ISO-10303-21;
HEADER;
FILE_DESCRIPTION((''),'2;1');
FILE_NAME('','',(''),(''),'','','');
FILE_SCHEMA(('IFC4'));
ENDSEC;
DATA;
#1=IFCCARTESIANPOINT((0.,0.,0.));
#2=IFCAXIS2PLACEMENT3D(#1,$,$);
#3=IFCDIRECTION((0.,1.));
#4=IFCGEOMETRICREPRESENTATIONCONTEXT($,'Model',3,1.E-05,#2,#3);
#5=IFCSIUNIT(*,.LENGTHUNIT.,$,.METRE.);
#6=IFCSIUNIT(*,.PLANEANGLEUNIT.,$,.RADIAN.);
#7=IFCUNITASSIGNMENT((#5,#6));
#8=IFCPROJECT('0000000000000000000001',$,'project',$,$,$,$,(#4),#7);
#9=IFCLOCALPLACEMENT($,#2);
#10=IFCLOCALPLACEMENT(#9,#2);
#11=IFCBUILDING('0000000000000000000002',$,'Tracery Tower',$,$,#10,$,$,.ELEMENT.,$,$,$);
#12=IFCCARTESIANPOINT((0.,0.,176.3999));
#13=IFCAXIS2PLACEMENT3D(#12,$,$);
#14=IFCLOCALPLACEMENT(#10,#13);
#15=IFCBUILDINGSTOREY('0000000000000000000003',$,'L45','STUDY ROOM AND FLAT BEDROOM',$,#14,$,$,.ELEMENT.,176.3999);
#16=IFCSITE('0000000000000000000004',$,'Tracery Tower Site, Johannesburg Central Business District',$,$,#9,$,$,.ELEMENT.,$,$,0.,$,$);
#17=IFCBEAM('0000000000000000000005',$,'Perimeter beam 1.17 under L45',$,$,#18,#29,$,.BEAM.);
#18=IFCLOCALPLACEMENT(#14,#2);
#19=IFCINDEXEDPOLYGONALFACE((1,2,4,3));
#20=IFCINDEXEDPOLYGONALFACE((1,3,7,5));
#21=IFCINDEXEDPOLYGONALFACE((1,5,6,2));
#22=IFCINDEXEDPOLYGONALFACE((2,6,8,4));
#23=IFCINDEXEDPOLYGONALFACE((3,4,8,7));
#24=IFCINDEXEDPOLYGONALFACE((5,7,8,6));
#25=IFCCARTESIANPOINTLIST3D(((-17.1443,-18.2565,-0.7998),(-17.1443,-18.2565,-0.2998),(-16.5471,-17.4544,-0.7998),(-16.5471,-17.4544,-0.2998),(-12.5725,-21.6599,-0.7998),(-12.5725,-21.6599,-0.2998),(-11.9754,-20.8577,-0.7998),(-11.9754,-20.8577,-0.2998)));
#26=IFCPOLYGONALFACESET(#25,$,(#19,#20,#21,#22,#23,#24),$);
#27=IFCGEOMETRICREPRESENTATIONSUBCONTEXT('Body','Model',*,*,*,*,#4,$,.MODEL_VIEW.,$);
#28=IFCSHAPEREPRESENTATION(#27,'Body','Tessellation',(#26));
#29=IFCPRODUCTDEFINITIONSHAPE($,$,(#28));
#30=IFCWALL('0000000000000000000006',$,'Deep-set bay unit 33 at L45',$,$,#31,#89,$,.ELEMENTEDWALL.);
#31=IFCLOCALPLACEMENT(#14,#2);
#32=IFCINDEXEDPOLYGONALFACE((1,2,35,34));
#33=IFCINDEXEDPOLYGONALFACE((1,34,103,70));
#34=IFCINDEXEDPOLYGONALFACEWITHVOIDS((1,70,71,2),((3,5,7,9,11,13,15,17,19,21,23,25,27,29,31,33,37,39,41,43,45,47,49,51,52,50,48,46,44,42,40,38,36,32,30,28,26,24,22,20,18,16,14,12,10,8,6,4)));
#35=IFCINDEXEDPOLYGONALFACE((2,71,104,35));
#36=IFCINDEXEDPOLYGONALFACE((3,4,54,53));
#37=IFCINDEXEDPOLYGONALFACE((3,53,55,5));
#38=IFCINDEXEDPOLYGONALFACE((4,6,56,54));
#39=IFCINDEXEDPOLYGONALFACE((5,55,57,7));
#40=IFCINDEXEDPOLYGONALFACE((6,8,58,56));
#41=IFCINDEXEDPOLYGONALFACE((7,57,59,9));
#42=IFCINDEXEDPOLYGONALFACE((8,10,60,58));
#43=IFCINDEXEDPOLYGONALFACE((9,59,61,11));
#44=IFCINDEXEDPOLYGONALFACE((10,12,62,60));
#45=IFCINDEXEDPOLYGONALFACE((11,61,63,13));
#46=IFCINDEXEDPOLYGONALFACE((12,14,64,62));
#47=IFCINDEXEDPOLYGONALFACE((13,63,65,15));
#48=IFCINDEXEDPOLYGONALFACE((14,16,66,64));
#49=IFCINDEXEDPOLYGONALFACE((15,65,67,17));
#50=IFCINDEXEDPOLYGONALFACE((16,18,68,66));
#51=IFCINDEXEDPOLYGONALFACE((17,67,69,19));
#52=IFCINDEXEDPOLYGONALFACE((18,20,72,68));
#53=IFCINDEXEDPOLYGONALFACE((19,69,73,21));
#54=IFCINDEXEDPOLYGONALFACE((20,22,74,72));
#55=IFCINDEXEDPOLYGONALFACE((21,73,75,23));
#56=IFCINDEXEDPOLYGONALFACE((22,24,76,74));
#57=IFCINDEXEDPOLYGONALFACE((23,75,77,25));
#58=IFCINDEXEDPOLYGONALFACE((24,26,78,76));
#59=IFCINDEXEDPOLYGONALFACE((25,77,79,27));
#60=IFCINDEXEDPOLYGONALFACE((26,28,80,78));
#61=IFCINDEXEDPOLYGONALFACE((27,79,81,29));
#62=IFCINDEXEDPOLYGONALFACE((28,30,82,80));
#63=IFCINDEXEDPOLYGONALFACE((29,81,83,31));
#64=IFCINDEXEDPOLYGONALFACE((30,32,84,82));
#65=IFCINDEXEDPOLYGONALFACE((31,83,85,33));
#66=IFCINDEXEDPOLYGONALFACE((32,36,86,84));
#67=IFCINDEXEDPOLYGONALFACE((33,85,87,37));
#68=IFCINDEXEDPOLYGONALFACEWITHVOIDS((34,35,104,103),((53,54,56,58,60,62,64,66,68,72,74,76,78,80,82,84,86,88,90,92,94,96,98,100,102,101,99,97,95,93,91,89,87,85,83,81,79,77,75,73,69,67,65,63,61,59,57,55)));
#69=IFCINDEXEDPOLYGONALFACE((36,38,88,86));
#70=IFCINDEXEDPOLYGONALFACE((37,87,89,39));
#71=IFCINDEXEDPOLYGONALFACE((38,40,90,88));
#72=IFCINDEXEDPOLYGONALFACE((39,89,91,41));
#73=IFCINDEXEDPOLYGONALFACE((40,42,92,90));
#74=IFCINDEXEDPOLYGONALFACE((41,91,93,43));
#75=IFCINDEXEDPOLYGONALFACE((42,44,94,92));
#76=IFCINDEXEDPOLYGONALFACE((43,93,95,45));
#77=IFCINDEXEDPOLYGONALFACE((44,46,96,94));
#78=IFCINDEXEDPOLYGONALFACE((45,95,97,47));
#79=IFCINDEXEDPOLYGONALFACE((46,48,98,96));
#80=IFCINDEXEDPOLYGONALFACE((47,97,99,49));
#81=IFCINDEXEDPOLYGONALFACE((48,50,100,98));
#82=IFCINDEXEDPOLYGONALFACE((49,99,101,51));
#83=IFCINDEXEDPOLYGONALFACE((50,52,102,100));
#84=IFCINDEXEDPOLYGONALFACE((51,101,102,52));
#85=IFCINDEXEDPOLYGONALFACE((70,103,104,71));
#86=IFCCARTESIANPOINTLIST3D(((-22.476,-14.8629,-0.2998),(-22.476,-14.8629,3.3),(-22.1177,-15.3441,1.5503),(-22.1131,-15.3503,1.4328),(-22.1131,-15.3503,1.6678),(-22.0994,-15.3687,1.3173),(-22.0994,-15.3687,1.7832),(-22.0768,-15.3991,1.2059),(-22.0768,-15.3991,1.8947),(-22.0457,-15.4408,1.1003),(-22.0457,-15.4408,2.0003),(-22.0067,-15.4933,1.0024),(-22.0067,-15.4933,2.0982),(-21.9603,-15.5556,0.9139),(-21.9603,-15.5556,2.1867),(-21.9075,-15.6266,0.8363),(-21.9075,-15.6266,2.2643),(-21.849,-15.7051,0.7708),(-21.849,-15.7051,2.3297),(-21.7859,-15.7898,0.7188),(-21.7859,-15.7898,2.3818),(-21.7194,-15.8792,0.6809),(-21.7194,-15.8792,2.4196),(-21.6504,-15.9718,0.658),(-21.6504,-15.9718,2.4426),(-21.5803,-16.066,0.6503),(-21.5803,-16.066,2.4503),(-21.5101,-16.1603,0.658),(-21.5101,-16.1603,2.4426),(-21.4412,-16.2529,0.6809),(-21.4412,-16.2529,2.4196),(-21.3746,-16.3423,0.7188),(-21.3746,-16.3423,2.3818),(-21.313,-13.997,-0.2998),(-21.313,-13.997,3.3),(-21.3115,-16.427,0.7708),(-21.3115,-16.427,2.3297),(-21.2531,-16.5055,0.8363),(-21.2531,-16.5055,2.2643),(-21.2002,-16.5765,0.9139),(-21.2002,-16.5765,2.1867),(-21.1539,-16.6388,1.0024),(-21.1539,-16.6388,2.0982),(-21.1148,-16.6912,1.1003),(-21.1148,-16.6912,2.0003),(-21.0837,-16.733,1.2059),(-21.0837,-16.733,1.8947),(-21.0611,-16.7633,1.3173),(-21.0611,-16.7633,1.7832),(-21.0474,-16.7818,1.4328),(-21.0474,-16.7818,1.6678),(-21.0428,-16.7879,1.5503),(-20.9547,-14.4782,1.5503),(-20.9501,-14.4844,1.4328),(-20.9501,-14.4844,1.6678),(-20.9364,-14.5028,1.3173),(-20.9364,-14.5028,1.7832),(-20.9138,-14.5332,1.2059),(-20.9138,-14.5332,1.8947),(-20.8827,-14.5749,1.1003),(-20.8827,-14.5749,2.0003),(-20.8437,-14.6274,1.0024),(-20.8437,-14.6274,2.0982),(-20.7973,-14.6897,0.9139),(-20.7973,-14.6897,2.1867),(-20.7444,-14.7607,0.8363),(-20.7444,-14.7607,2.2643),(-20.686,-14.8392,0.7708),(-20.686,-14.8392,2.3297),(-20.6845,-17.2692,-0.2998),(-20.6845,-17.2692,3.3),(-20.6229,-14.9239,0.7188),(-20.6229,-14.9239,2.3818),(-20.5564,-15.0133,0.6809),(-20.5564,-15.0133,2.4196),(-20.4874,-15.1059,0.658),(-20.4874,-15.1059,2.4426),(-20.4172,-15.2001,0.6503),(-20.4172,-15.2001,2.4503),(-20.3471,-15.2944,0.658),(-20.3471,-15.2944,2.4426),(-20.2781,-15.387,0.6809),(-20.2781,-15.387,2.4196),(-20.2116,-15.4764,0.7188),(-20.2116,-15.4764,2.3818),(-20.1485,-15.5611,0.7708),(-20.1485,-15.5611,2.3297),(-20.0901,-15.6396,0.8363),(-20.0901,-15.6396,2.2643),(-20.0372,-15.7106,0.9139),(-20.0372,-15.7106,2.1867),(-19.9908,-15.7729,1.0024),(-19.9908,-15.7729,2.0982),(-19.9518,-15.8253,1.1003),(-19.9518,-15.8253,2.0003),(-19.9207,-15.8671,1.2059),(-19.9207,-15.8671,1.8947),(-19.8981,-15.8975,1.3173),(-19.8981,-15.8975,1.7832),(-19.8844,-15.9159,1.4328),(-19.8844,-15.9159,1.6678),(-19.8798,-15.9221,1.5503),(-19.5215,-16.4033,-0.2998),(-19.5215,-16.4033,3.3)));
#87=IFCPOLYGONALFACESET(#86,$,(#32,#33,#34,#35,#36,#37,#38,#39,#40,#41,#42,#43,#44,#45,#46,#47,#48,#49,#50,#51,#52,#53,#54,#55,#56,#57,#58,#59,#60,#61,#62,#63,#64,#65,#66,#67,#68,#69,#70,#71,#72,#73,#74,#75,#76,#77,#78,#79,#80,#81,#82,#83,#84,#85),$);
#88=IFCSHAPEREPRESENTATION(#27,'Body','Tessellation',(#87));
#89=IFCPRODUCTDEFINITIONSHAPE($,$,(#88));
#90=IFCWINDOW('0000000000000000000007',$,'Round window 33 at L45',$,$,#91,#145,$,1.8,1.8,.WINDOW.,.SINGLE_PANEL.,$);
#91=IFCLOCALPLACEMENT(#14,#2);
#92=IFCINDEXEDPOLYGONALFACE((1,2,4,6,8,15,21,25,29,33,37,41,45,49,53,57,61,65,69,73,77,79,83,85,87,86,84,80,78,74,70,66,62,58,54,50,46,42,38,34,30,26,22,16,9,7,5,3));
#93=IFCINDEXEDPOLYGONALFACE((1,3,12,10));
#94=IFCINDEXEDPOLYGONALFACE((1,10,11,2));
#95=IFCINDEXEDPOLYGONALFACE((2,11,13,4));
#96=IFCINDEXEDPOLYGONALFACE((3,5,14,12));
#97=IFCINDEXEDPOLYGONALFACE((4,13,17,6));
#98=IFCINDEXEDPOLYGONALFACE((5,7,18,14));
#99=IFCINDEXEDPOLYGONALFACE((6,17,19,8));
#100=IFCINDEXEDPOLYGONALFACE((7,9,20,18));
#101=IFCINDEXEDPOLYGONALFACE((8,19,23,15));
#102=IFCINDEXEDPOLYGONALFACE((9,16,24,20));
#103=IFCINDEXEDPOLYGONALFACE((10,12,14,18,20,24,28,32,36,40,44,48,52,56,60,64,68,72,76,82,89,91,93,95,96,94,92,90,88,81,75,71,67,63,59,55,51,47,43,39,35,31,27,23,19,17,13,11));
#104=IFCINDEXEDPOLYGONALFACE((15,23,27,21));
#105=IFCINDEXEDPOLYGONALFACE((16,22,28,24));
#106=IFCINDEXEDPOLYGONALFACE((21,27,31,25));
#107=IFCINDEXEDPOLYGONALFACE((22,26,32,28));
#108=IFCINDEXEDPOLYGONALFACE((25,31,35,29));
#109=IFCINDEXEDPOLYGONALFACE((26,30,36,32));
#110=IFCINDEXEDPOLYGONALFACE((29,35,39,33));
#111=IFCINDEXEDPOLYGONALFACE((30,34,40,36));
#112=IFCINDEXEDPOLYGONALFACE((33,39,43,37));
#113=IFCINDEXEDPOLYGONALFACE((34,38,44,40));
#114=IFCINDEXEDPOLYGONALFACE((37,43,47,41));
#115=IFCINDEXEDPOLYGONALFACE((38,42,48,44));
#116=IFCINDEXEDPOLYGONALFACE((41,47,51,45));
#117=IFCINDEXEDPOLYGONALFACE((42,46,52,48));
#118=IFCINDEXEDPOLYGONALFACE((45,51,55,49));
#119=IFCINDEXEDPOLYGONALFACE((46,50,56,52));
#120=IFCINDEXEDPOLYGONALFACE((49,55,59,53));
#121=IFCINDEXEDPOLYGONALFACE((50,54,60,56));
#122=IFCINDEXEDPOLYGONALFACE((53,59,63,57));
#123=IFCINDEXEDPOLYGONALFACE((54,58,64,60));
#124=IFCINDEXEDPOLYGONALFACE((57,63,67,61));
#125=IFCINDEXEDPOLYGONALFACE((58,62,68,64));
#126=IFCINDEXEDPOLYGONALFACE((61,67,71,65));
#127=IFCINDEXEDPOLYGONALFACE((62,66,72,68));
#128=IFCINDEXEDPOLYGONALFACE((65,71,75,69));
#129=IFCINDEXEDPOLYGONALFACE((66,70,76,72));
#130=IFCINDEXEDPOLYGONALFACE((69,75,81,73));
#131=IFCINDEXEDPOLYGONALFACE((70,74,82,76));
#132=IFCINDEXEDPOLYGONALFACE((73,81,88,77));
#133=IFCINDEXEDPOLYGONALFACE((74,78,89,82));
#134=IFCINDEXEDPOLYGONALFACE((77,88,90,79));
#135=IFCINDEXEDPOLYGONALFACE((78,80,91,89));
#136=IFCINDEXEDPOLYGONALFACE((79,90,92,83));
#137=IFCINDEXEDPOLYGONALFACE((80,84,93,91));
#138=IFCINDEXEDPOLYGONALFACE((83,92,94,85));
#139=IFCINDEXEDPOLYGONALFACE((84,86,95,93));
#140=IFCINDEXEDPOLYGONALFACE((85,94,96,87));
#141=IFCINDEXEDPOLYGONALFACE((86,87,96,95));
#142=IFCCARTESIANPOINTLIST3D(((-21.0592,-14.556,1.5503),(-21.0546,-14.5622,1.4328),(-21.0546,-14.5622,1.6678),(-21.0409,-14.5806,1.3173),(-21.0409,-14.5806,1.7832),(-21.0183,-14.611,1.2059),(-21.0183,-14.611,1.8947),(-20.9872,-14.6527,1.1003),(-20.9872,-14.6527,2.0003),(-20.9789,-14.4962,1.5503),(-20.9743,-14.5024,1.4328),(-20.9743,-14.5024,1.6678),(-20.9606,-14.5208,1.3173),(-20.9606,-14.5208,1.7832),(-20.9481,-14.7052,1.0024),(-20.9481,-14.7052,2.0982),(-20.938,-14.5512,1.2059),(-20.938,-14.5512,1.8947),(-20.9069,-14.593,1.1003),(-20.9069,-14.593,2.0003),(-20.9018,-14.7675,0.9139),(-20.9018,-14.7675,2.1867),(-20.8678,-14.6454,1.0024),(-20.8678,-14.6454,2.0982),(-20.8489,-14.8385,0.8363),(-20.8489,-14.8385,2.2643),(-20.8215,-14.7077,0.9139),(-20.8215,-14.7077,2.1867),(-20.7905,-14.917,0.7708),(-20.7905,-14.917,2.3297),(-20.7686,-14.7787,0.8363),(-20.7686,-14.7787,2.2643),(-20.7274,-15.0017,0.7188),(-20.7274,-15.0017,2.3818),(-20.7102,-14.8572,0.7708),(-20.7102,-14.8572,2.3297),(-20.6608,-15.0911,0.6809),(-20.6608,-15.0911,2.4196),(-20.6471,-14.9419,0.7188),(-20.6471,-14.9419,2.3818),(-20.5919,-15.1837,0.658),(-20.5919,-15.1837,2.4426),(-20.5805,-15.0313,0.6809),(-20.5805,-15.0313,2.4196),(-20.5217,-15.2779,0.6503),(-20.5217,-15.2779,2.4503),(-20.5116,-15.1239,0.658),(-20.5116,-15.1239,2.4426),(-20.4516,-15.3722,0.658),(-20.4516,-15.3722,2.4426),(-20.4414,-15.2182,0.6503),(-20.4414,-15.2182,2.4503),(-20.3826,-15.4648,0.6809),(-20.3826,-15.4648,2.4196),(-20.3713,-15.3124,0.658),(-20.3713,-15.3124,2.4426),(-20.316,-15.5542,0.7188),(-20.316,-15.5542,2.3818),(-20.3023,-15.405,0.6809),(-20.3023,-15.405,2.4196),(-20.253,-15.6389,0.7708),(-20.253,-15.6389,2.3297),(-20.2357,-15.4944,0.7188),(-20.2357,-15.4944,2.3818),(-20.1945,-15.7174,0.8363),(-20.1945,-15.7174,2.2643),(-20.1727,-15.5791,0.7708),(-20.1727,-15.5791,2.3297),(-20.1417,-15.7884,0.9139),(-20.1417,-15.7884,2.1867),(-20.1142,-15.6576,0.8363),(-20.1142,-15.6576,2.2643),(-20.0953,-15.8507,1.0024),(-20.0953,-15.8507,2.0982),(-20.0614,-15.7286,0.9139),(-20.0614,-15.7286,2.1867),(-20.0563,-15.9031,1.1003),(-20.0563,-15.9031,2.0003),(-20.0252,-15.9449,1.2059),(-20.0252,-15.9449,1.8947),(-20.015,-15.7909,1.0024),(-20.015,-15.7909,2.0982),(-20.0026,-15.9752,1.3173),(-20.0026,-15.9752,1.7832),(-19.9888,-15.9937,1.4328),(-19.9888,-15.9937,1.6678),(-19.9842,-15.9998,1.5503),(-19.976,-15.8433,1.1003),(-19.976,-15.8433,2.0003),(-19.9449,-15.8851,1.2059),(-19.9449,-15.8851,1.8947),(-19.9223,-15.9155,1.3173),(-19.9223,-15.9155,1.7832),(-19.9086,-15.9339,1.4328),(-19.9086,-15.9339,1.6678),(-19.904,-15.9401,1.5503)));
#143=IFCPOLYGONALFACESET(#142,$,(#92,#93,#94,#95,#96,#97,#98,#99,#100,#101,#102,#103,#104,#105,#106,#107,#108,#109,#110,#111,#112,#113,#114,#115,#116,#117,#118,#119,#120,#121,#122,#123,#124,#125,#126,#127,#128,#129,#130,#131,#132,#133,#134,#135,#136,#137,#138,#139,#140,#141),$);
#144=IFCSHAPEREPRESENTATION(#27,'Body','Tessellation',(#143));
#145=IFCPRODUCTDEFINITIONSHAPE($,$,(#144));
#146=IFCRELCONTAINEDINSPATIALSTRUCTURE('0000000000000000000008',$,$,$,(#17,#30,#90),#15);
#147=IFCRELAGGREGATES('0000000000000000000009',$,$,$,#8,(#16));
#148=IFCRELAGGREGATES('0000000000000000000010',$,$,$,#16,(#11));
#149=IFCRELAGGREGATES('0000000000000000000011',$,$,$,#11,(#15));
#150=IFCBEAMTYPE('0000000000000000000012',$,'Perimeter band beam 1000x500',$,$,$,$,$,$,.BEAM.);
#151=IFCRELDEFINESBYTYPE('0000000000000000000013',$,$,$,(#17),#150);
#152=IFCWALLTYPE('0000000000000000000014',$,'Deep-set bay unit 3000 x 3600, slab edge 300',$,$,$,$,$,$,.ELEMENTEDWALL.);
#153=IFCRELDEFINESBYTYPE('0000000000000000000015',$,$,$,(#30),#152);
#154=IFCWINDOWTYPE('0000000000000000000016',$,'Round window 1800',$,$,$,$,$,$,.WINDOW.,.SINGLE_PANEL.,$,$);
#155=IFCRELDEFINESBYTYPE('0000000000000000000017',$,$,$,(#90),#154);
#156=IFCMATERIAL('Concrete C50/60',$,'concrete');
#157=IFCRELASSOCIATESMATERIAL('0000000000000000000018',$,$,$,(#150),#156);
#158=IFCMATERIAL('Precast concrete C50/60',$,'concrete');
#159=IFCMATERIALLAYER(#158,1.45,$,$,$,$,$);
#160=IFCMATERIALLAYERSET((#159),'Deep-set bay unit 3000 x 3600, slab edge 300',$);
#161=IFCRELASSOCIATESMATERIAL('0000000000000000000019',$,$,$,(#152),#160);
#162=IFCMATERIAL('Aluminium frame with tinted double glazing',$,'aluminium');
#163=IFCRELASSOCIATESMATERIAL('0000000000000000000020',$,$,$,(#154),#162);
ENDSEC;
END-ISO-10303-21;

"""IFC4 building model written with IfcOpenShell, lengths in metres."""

from ifc_helpers import new_model, si_unit, direction, frame, frame_2d, origin, origin_2d, place, context, subcontext, project, spatial, rectangle, circle, extrude, material, layer, layer_set, material_profile, profile_set, type_object, element, fill, save


model = new_model("IFC4")

# Units and contexts
model_context = context("Model", 3, precision=1e-05, world=origin(), true_north=direction((0.0, 1.0)))
body_context = subcontext(model_context, "Body", "Model", "MODEL_VIEW")
ifc_project = project(units=[si_unit("LENGTHUNIT", "METRE"), si_unit("PLANEANGLEUNIT", "RADIAN")], contexts=[model_context])

# Site, building, storey
site_placement = place(None, origin())
site = spatial("IfcSite", under=ifc_project, at=site_placement, Name="Tracery Tower Site, Johannesburg Central Business District", CompositionType="ELEMENT", RefElevation=0.0)
building_placement = place(site_placement, origin())
building = spatial("IfcBuilding", under=site, at=building_placement, Name="Tracery Tower", CompositionType="ELEMENT")
storey_placement = place(building_placement, frame((0.0, 0.0, 176.3999)))
storey = spatial("IfcBuildingStorey", under=building, at=storey_placement, Name="L45", Description="STUDY ROOM AND FLAT BEDROOM", CompositionType="ELEMENT", Elevation=176.3999)

# Beam
ifc_material_1 = material(Name="Concrete C50/60", Category="concrete")
ifc_material_profile_1 = material_profile(ifc_material_1, rectangle(XDim=1.0, YDim=0.5, at=origin_2d()), Name="RC 1000x500")
ifc_profile_set_1 = profile_set([ifc_material_profile_1], Name="Concrete C50/60")
beam_type_1 = type_object("IfcBeamType", Name="Perimeter band beam 1000x500", PredefinedType="BEAM", material=ifc_profile_set_1)
beam_1_placement = place(storey_placement, frame((-16.8457, -17.8555, -0.5498), z_axis=(0.802144, -0.597131, 0.0), x_axis=(0.597131, 0.802144, 0.0)))
element("IfcBeam", 1, at=beam_1_placement, inside=storey, type_object=beam_type_1, Name="Perimeter beam 1.17 under L45", PredefinedType="BEAM", context=body_context, shape_type="SweptSolid", body=[
    extrude(rectangle(XDim=1.0, YDim=0.5, at=origin_2d()), origin(), (0.0, 0.0, 1.0), 5.6995),
])

# Wall, opening, window
ifc_material_2 = material(Name="Precast concrete C50/60", Category="concrete")
ifc_layer_1 = layer(ifc_material_2, 1.45)
ifc_layer_set_1 = layer_set([ifc_layer_1], Name="Deep-set bay unit 3000 x 3600, slab edge 300")
wall_type_1 = type_object("IfcWallType", Name="Deep-set bay unit 3000 x 3600, slab edge 300", PredefinedType="ELEMENTEDWALL", material=ifc_layer_set_1)
wall_1_placement = place(storey_placement, frame((-21.8945, -14.4299, -0.2998), z_axis=(0.0, 0.0, 1.0), x_axis=(0.597184, -0.802104, 0.0)))
wall_1 = element("IfcWall", 2, at=wall_1_placement, inside=storey, type_object=wall_type_1, Name="Deep-set bay unit 33 at L45", PredefinedType="ELEMENTEDWALL", context=body_context, shape_type="SweptSolid", body=[
    extrude(rectangle(XDim=3.0, YDim=1.45, at=frame_2d((1.5, 0.0))), origin(), (0.0, 0.0, 1.0), 3.5999),
])
opening_1_placement = place(wall_1_placement, frame((1.5, 0.0, 1.8501)))
opening_1 = element("IfcOpeningElement", 3, at=opening_1_placement, cuts=wall_1, PredefinedType="OPENING", context=body_context, shape_type="SweptSolid", body=[
    extrude(circle(Radius=0.9, at=origin_2d()), frame((0.0, 0.7349, 0.0), z_axis=(0.0, -1.0, 0.0), x_axis=(1.0, 0.0, 0.0)), (0.0, 0.0, 1.0), 1.47),
])
ifc_material_3 = material(Name="Aluminium frame with tinted double glazing", Category="aluminium")
window_type = type_object("IfcWindowType", Name="Round window 1800", PartitioningType="SINGLE_PANEL", PredefinedType="WINDOW", material=ifc_material_3)
window_1_placement = place(opening_1_placement, origin())
window_1 = element("IfcWindow", 4, at=window_1_placement, inside=storey, type_object=window_type, Name="Round window 33 at L45", OverallHeight=1.8, OverallWidth=1.8, PartitioningType="SINGLE_PANEL", PredefinedType="WINDOW", context=body_context, shape_type="SweptSolid", body=[
    extrude(circle(Radius=0.9, at=origin_2d()), frame((0.0, 0.6948, 0.0), z_axis=(0.0, -1.0, 0.0), x_axis=(1.0, 0.0, 0.0)), (0.0, 0.0, 1.0), 0.1001),
])
fill(opening_1, window_1)

save(model, "model.ifc")
